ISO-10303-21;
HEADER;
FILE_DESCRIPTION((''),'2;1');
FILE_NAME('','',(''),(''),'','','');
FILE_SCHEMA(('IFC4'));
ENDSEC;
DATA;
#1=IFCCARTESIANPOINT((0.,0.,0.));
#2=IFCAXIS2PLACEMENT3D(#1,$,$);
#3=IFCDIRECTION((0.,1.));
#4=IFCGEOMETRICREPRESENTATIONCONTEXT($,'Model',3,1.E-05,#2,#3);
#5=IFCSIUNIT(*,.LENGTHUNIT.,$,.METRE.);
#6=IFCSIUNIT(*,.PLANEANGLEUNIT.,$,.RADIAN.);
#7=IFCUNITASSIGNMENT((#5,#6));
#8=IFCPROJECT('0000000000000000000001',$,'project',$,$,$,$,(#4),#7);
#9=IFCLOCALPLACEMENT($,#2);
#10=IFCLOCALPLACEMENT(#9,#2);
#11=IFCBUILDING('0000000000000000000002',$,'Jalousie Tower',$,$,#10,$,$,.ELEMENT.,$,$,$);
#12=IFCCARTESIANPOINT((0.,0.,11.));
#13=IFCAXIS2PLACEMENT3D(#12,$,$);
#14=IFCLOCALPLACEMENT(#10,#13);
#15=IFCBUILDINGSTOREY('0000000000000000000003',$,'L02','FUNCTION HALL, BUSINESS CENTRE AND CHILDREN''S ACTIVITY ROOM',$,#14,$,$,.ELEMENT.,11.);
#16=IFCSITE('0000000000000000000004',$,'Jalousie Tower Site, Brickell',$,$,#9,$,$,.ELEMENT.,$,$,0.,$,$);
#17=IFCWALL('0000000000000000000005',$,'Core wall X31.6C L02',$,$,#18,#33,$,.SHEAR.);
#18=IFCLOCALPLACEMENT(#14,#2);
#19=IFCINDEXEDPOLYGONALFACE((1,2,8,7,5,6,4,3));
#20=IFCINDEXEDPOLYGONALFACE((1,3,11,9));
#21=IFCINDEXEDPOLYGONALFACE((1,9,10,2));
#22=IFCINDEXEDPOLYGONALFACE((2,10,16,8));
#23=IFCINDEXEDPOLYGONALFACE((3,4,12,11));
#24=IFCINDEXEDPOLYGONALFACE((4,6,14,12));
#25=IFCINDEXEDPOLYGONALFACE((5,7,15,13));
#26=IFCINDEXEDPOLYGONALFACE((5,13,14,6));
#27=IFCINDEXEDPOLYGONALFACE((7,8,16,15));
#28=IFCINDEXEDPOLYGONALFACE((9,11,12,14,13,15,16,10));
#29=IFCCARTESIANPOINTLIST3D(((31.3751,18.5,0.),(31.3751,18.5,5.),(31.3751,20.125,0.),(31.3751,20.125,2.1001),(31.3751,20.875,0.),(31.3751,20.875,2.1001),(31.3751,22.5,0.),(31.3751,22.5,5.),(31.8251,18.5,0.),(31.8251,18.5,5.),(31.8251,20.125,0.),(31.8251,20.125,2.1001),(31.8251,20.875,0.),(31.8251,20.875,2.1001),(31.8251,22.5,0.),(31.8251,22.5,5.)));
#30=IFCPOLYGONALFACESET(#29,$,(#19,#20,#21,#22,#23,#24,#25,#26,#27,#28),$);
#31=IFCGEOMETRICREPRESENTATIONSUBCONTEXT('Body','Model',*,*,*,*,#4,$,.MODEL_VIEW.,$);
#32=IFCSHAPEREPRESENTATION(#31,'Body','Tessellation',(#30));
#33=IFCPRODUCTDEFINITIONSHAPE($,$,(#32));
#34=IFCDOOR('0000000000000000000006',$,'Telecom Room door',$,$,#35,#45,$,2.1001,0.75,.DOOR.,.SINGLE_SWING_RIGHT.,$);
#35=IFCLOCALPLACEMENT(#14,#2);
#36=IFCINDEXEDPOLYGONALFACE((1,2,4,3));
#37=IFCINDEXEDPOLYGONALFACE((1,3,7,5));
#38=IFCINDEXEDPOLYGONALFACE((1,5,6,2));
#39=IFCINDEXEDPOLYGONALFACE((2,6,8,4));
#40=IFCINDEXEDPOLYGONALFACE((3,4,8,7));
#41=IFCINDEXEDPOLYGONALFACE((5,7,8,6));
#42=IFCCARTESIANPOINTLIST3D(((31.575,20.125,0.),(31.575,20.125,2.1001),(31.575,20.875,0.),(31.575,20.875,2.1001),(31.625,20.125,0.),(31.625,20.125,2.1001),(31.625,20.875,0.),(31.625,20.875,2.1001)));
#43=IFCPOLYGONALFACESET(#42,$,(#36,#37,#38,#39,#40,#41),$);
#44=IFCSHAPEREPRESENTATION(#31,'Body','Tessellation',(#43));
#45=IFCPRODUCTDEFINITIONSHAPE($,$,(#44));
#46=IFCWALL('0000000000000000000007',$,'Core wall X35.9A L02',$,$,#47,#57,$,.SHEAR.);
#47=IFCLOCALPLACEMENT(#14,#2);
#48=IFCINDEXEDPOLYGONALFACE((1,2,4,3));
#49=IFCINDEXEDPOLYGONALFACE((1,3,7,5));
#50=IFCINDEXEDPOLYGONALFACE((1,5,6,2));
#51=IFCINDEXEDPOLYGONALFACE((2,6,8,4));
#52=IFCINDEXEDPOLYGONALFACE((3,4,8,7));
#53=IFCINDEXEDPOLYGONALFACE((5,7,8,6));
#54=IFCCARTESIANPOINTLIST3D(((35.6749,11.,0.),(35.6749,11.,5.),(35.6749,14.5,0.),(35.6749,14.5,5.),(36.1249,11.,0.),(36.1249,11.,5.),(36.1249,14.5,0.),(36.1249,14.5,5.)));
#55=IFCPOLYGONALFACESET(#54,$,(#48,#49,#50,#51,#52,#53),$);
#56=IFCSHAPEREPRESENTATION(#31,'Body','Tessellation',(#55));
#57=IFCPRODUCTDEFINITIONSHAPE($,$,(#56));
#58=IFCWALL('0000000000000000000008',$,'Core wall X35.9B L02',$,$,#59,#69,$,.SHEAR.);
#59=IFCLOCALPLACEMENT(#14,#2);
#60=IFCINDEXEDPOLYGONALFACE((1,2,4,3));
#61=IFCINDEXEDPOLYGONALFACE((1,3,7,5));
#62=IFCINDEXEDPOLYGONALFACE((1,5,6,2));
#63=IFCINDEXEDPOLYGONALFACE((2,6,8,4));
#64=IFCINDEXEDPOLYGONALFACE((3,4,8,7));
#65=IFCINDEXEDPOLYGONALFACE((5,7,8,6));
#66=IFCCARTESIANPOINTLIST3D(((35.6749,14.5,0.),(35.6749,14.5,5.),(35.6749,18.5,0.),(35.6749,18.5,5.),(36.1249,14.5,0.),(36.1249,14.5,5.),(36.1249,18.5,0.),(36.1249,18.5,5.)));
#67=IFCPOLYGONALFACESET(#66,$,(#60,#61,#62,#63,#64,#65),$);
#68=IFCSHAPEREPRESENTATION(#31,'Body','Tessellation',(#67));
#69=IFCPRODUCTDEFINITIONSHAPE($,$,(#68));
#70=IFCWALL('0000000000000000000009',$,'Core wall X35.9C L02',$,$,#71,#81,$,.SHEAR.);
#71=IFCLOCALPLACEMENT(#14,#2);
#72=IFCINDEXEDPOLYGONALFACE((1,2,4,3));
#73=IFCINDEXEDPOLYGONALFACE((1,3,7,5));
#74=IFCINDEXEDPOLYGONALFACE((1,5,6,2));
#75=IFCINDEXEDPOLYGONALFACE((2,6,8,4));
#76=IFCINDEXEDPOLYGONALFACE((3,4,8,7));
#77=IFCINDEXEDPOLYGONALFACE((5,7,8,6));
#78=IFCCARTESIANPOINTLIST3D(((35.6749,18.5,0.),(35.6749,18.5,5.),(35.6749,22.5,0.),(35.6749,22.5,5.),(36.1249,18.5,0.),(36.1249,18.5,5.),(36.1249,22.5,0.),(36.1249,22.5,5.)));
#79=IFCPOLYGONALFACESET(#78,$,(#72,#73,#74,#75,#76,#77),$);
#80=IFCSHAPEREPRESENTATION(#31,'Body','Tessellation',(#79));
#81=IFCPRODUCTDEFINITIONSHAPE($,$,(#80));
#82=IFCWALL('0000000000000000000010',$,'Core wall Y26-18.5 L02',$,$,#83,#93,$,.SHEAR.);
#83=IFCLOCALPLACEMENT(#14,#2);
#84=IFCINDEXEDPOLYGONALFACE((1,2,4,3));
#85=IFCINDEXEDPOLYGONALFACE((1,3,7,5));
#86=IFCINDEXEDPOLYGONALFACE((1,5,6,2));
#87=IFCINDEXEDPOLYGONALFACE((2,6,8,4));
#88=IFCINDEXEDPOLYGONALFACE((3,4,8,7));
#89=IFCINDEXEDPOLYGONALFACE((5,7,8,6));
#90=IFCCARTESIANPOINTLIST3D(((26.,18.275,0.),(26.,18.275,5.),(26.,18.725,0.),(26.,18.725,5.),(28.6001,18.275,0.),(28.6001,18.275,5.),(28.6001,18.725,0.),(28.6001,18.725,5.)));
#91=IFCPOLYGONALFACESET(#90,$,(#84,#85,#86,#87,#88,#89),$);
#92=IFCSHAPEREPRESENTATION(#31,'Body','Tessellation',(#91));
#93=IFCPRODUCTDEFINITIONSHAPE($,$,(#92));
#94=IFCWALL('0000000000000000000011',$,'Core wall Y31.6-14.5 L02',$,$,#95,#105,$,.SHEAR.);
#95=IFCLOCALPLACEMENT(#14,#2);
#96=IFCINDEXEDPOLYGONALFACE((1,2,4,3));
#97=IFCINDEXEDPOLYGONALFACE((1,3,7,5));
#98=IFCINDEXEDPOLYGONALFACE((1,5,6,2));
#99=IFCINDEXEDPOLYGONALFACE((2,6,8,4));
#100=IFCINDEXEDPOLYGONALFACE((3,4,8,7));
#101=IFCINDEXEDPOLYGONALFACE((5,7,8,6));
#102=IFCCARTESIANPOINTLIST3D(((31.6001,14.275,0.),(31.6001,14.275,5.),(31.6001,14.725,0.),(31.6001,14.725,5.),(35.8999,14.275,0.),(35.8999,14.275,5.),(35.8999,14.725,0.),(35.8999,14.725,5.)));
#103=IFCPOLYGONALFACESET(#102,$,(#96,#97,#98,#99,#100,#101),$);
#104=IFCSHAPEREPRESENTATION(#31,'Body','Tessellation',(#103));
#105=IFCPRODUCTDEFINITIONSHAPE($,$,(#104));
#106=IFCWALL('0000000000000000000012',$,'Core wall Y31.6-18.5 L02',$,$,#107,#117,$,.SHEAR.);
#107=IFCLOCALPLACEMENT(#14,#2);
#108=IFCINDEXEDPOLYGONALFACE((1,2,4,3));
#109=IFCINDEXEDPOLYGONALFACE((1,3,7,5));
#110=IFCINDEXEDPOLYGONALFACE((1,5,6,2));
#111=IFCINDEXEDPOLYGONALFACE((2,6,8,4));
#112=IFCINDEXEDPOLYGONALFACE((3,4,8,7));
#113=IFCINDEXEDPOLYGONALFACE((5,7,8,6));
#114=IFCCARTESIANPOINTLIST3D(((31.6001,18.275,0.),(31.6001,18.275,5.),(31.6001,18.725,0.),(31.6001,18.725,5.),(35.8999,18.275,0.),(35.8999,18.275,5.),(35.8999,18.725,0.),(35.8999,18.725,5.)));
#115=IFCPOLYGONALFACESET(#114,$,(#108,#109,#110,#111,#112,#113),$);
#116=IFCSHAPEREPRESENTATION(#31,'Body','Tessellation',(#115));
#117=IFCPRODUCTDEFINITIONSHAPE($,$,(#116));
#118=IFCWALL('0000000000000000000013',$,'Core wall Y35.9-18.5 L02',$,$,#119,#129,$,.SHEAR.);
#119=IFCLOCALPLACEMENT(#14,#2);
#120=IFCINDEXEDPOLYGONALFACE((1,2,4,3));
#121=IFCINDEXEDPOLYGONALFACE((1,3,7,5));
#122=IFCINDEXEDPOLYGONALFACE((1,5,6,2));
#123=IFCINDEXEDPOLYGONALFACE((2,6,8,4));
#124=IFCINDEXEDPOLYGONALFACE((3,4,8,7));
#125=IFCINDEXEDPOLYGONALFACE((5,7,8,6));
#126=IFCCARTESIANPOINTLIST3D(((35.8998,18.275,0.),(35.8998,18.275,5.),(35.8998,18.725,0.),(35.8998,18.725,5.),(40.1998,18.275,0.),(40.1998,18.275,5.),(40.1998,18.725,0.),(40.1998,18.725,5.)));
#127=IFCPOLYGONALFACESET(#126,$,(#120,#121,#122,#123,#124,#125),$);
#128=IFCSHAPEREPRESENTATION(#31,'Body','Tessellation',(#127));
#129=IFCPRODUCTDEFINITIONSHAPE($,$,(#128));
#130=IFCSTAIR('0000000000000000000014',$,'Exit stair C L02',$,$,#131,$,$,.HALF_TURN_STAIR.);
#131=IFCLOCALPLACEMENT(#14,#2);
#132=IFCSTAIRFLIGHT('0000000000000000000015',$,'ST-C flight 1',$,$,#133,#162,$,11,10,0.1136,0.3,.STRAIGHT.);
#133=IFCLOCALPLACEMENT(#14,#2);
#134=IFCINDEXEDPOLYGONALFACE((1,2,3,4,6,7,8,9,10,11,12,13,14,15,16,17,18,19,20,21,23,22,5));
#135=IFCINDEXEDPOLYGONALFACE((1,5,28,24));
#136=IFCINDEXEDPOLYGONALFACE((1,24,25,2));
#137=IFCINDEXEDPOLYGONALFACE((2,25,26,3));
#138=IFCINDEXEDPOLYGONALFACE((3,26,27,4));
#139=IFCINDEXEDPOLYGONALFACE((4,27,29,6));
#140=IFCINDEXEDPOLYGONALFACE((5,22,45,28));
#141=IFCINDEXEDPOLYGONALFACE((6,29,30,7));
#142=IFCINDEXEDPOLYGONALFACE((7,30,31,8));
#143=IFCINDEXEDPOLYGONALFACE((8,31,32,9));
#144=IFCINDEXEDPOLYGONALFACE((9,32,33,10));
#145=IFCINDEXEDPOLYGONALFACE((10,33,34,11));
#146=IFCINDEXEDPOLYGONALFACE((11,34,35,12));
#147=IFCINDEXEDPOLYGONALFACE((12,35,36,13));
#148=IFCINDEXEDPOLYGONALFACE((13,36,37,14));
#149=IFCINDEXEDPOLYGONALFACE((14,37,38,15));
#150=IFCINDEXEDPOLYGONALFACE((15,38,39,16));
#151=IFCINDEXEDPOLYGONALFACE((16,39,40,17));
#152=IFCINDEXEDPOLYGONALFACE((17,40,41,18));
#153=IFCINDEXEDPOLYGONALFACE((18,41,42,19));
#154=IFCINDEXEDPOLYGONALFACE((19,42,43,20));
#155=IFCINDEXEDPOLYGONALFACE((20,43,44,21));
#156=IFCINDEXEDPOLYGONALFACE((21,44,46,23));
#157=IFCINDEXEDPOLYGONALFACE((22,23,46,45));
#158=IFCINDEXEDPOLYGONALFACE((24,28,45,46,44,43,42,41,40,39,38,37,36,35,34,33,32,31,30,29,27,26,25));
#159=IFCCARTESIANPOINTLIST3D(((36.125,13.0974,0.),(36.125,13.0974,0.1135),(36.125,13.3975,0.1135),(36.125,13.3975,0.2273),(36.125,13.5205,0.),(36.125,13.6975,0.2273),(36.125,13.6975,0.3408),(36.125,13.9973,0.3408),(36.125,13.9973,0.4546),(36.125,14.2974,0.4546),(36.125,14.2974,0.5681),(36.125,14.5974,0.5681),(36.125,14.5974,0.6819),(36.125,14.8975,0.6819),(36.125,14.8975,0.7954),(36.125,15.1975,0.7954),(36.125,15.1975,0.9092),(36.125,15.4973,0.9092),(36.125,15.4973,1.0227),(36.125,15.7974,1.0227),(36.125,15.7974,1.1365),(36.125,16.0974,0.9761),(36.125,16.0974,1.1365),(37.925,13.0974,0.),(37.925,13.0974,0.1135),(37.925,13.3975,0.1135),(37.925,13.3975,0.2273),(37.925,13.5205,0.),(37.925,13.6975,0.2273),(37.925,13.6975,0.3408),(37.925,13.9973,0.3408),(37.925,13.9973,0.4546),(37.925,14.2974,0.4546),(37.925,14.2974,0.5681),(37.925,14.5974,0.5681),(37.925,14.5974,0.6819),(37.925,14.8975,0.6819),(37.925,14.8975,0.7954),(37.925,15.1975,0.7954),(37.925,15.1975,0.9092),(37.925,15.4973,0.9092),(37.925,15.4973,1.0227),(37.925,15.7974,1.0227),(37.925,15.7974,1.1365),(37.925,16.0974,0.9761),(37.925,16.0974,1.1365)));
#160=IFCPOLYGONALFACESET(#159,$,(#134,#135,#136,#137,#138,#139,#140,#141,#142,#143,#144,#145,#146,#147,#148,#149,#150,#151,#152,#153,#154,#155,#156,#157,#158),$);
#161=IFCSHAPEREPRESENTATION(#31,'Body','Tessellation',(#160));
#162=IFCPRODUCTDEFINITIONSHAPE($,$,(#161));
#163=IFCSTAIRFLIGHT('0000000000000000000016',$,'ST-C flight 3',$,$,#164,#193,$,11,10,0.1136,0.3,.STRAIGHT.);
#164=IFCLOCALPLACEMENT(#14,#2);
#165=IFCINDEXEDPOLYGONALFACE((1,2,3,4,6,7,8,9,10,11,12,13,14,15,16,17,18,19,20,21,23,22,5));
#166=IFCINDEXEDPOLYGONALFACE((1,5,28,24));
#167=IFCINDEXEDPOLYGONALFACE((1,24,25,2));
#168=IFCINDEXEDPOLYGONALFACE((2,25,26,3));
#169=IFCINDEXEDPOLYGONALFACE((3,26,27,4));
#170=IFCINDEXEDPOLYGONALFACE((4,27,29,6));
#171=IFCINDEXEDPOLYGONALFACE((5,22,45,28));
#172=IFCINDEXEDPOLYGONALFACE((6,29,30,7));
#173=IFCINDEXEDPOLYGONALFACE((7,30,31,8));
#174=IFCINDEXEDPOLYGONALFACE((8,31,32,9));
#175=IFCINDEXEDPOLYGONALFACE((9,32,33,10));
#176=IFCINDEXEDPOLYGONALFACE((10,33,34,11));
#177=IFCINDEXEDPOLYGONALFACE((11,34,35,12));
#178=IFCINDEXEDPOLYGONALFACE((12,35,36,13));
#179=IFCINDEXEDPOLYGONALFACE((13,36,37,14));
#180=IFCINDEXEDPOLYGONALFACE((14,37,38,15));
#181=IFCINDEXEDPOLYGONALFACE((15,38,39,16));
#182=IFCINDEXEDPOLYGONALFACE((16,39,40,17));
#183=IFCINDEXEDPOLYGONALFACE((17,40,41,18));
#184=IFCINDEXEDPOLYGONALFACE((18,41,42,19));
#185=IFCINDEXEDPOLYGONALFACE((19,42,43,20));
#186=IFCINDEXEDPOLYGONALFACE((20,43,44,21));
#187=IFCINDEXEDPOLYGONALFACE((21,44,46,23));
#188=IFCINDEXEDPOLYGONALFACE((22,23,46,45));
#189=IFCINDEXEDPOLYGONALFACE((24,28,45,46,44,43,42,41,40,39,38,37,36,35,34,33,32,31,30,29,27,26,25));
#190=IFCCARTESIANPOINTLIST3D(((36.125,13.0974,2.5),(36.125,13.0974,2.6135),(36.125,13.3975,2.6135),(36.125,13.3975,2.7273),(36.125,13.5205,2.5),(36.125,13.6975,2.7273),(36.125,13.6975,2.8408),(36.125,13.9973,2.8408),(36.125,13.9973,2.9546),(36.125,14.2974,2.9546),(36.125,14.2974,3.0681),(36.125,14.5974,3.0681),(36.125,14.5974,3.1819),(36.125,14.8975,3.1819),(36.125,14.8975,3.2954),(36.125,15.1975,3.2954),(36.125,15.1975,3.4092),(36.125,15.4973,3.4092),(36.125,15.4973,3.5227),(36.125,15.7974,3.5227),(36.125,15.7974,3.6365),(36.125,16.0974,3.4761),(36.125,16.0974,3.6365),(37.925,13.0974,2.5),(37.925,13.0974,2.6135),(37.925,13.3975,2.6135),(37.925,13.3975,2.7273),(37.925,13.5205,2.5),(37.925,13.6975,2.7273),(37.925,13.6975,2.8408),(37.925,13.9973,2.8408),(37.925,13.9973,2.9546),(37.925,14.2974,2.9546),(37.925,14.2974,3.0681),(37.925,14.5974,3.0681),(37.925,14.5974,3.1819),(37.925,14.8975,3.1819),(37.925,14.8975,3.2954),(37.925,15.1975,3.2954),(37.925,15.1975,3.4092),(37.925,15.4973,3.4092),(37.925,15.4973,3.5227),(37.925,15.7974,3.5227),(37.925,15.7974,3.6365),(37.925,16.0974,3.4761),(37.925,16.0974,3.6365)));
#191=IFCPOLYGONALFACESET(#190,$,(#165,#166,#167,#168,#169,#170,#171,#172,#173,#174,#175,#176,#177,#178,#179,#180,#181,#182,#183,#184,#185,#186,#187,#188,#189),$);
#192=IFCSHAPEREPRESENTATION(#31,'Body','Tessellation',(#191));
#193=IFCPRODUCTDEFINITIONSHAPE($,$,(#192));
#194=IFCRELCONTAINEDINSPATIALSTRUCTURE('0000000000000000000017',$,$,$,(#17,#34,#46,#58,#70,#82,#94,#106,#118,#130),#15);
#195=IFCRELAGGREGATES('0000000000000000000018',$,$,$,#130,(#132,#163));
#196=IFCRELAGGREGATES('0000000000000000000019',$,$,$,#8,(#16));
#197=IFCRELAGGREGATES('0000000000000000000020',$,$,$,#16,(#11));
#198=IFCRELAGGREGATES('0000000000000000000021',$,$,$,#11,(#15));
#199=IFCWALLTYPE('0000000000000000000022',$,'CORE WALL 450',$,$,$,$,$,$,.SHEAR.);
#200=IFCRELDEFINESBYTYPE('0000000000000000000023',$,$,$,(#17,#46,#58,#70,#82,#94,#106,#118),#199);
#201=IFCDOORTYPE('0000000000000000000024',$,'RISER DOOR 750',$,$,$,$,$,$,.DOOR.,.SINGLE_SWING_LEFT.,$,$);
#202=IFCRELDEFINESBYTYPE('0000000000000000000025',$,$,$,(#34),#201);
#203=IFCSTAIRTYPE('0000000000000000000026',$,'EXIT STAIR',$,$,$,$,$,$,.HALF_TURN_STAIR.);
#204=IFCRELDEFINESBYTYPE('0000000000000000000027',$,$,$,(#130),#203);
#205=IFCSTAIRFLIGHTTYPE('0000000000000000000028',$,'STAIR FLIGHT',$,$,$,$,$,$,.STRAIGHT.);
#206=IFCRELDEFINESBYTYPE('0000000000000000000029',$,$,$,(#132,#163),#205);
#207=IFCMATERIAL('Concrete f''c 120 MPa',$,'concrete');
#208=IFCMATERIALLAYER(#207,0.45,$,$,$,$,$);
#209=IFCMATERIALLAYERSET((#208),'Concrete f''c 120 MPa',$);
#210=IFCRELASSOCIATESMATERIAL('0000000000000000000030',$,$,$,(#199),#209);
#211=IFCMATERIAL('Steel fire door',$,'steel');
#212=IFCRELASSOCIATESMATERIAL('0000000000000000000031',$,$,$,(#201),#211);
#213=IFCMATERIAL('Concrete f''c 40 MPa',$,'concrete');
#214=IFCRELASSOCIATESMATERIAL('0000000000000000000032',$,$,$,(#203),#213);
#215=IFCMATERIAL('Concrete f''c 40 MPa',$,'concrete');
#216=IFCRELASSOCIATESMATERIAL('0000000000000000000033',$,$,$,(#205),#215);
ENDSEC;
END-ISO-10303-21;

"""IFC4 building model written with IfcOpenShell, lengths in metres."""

from ifc_helpers import new_model, si_unit, direction, frame, frame_2d, origin, place, context, subcontext, project, spatial, polyline, rectangle, outline, extrude, material, layer, layer_set, type_object, element, fill, aggregate, save


model = new_model("IFC4")

# Units and contexts
model_context = context("Model", 3, precision=1e-05, world=origin(), true_north=direction((0.0, 1.0)))
body_context = subcontext(model_context, "Body", "Model", "MODEL_VIEW")
ifc_project = project(units=[si_unit("LENGTHUNIT", "METRE"), si_unit("PLANEANGLEUNIT", "RADIAN")], contexts=[model_context])

# Site, building, storey
site_placement = place(None, origin())
site = spatial("IfcSite", under=ifc_project, at=site_placement, Name="Jalousie Tower Site, Brickell", CompositionType="ELEMENT", RefElevation=0.0)
building_placement = place(site_placement, origin())
building = spatial("IfcBuilding", under=site, at=building_placement, Name="Jalousie Tower", CompositionType="ELEMENT")
storey_placement = place(building_placement, frame((0.0, 0.0, 11.0)))
storey = spatial("IfcBuildingStorey", under=building, at=storey_placement, Name="L02", Description="FUNCTION HALL, BUSINESS CENTRE AND CHILDREN'S ACTIVITY ROOM", CompositionType="ELEMENT", Elevation=11.0)

# Shared definitions
ifc_material_1 = material(Name="Concrete f'c 120 MPa", Category="concrete")
ifc_layer = layer(ifc_material_1, 0.45)
ifc_layer_set = layer_set([ifc_layer], Name="Concrete f'c 120 MPa")
wall_type = type_object("IfcWallType", Name="CORE WALL 450", PredefinedType="SHEAR", material=ifc_layer_set)

# Wall, opening, door
ifc_material_2 = material(Name="Steel fire door", Category="steel")
door_type_1 = type_object("IfcDoorType", Name="RISER DOOR 750", OperationType="SINGLE_SWING_LEFT", PredefinedType="DOOR", material=ifc_material_2)
wall_1_placement = place(storey_placement, frame((31.6001, 18.5, 0.0), z_axis=(0.0, 0.0, 1.0), x_axis=(0.0, 1.0, 0.0)))
wall_1 = element("IfcWall", 1, at=wall_1_placement, inside=storey, type_object=wall_type, Name="Core wall X31.6C L02", PredefinedType="SHEAR", context=body_context, shape_type="SweptSolid", body=[
    extrude(rectangle(XDim=4.0, YDim=0.45, at=frame_2d((2.0, 0.0))), origin(), (0.0, 0.0, 1.0), 5.0),
])
opening_1_placement = place(wall_1_placement, frame((1.625, 0.0, 0.0)))
opening_1 = element("IfcOpeningElement", 2, at=opening_1_placement, cuts=wall_1, PredefinedType="OPENING", context=body_context, shape_type="SweptSolid", body=[
    extrude(rectangle(XDim=0.75, YDim=2.1001, at=frame_2d((0.375, 1.05))), frame((0.0, 0.2349, 0.0), z_axis=(0.0, -1.0, 0.0), x_axis=(1.0, 0.0, 0.0)), (0.0, 0.0, 1.0), 0.47),
])
door_1_placement = place(opening_1_placement, frame((0.75, 0.0, 0.0), z_axis=(0.0, 0.0, 1.0), x_axis=(-1.0, 0.0, 0.0)))
door_1 = element("IfcDoor", 3, at=door_1_placement, inside=storey, type_object=door_type_1, Name="Telecom Room door", OperationType="SINGLE_SWING_RIGHT", OverallHeight=2.1001, OverallWidth=0.75, PredefinedType="DOOR", context=body_context, shape_type="SweptSolid", body=[
    extrude(rectangle(XDim=0.75, YDim=2.1001, at=frame_2d((0.375, 1.05))), frame((0.0, 0.0249, 0.0), z_axis=(0.0, -1.0, 0.0), x_axis=(1.0, 0.0, 0.0)), (0.0, 0.0, 1.0), 0.05),
])
fill(opening_1, door_1)

# Walls
wall_2_placement = place(storey_placement, frame((35.8999, 11.0, 0.0), z_axis=(0.0, 0.0, 1.0), x_axis=(0.0, 1.0, 0.0)))
element("IfcWall", 4, at=wall_2_placement, inside=storey, type_object=wall_type, Name="Core wall X35.9A L02", PredefinedType="SHEAR", context=body_context, shape_type="SweptSolid", body=[
    extrude(rectangle(XDim=3.5, YDim=0.45, at=frame_2d((1.75, 0.0))), origin(), (0.0, 0.0, 1.0), 5.0),
])
for number, where, z_axis, x_axis, name in (
    (5, (35.8999, 14.5, 0.0), (0.0, 0.0, 1.0), (0.0, 1.0, 0.0), "Core wall X35.9B L02"),
    (6, (35.8999, 18.5, 0.0), (0.0, 0.0, 1.0), (0.0, 1.0, 0.0), "Core wall X35.9C L02"),
):
    element("IfcWall", number, at=place(storey_placement, frame(where, z_axis=z_axis, x_axis=x_axis)), inside=storey, type_object=wall_type, Name=name, PredefinedType="SHEAR", context=body_context, shape_type="SweptSolid", body=[
        extrude(rectangle(XDim=4.0, YDim=0.45, at=frame_2d((2.0, 0.0))), origin(), (0.0, 0.0, 1.0), 5.0),
    ])
wall_3_placement = place(storey_placement, frame((26.0, 18.5, 0.0), z_axis=(0.0, 0.0, 1.0), x_axis=(1.0, 0.0, 0.0)))
element("IfcWall", 7, at=wall_3_placement, inside=storey, type_object=wall_type, Name="Core wall Y26-18.5 L02", PredefinedType="SHEAR", context=body_context, shape_type="SweptSolid", body=[
    extrude(rectangle(XDim=2.6001, YDim=0.45, at=frame_2d((1.3, 0.0))), origin(), (0.0, 0.0, 1.0), 5.0),
])
for number, where, z_axis, x_axis, name in (
    (8, (31.6001, 14.5, 0.0), (0.0, 0.0, 1.0), (1.0, 0.0, 0.0), "Core wall Y31.6-14.5 L02"),
    (9, (31.6001, 18.5, 0.0), (0.0, 0.0, 1.0), (1.0, 0.0, 0.0), "Core wall Y31.6-18.5 L02"),
):
    element("IfcWall", number, at=place(storey_placement, frame(where, z_axis=z_axis, x_axis=x_axis)), inside=storey, type_object=wall_type, Name=name, PredefinedType="SHEAR", context=body_context, shape_type="SweptSolid", body=[
        extrude(rectangle(XDim=4.2998, YDim=0.45, at=frame_2d((2.1499, 0.0))), origin(), (0.0, 0.0, 1.0), 5.0),
    ])
wall_4_placement = place(storey_placement, frame((35.8999, 18.5, 0.0), z_axis=(0.0, 0.0, 1.0), x_axis=(1.0, 0.0, 0.0)))
element("IfcWall", 10, at=wall_4_placement, inside=storey, type_object=wall_type, Name="Core wall Y35.9-18.5 L02", PredefinedType="SHEAR", context=body_context, shape_type="SweptSolid", body=[
    extrude(rectangle(XDim=4.3, YDim=0.45, at=frame_2d((2.1499, 0.0))), origin(), (0.0, 0.0, 1.0), 5.0),
])

# Stair, stair flights
ifc_material_3 = material(Name="Concrete f'c 40 MPa", Category="concrete")
stair_type = type_object("IfcStairType", Name="EXIT STAIR", PredefinedType="HALF_TURN_STAIR", material=ifc_material_3)
stair_placement = place(storey_placement, origin())
stair = element("IfcStair", 11, at=stair_placement, inside=storey, type_object=stair_type, Name="Exit stair C L02", PredefinedType="HALF_TURN_STAIR")
ifc_material_4 = material(Name="Concrete f'c 40 MPa", Category="concrete")
stair_flight_type = type_object("IfcStairFlightType", Name="STAIR FLIGHT", PredefinedType="STRAIGHT", material=ifc_material_4)
stair_flight_1_placement = place(storey_placement, frame((37.0249, 13.0974, 0.0), z_axis=(0.0, 0.0, 1.0), x_axis=(0.0, 1.0, 0.0)))
stair_flight_1 = element("IfcStairFlight", 12, at=stair_flight_1_placement, type_object=stair_flight_type, Name="ST-C flight 1", NumberOfRisers=11, NumberOfTreads=10, PredefinedType="STRAIGHT", RiserHeight=0.1136, TreadLength=0.3, context=body_context, shape_type="SweptSolid", body=[
    extrude(outline(polyline([(0.0, 0.0), (0.0, 0.1135), (0.3, 0.1135), (0.3, 0.2273), (0.6001, 0.2273), (0.6001, 0.3408), (0.8999, 0.3408), (0.8999, 0.4546), (1.2, 0.4546), (1.2, 0.5681), (1.5, 0.5681), (1.5, 0.6819), (1.8, 0.6819), (1.8, 0.7954), (2.1001, 0.7954), (2.1001, 0.9092), (2.3999, 0.9092), (2.3999, 1.0227), (2.7, 1.0227), (2.7, 1.1365), (3.0, 1.1365), (3.0, 1.25), (3.0, 0.9761), (0.4231, 0.0), (0.0, 0.0)])), frame((0.0, 0.8999, 0.0), z_axis=(0.0, -1.0, 0.0), x_axis=(1.0, 0.0, 0.0)), (0.0, 0.0, 1.0), 1.8),
])
stair_flight_2_placement = place(storey_placement, frame((37.0249, 13.0974, 2.5), z_axis=(0.0, 0.0, 1.0), x_axis=(0.0, 1.0, 0.0)))
stair_flight_2 = element("IfcStairFlight", 13, at=stair_flight_2_placement, type_object=stair_flight_type, Name="ST-C flight 3", NumberOfRisers=11, NumberOfTreads=10, PredefinedType="STRAIGHT", RiserHeight=0.1136, TreadLength=0.3, context=body_context, shape_type="SweptSolid", body=[
    extrude(outline(polyline([(0.0, 0.0), (0.0, 0.1135), (0.3, 0.1135), (0.3, 0.2273), (0.6001, 0.2273), (0.6001, 0.3408), (0.8999, 0.3408), (0.8999, 0.4546), (1.2, 0.4546), (1.2, 0.5681), (1.5, 0.5681), (1.5, 0.6819), (1.8, 0.6819), (1.8, 0.7954), (2.1001, 0.7954), (2.1001, 0.9092), (2.3999, 0.9092), (2.3999, 1.0227), (2.7, 1.0227), (2.7, 1.1365), (3.0, 1.1365), (3.0, 1.25), (3.0, 0.9761), (0.4231, 0.0), (0.0, 0.0)])), frame((0.0, 0.8999, 0.0), z_axis=(0.0, -1.0, 0.0), x_axis=(1.0, 0.0, 0.0)), (0.0, 0.0, 1.0), 1.8),
])
aggregate(stair, [stair_flight_1, stair_flight_2])

save(model, "model.ifc")
